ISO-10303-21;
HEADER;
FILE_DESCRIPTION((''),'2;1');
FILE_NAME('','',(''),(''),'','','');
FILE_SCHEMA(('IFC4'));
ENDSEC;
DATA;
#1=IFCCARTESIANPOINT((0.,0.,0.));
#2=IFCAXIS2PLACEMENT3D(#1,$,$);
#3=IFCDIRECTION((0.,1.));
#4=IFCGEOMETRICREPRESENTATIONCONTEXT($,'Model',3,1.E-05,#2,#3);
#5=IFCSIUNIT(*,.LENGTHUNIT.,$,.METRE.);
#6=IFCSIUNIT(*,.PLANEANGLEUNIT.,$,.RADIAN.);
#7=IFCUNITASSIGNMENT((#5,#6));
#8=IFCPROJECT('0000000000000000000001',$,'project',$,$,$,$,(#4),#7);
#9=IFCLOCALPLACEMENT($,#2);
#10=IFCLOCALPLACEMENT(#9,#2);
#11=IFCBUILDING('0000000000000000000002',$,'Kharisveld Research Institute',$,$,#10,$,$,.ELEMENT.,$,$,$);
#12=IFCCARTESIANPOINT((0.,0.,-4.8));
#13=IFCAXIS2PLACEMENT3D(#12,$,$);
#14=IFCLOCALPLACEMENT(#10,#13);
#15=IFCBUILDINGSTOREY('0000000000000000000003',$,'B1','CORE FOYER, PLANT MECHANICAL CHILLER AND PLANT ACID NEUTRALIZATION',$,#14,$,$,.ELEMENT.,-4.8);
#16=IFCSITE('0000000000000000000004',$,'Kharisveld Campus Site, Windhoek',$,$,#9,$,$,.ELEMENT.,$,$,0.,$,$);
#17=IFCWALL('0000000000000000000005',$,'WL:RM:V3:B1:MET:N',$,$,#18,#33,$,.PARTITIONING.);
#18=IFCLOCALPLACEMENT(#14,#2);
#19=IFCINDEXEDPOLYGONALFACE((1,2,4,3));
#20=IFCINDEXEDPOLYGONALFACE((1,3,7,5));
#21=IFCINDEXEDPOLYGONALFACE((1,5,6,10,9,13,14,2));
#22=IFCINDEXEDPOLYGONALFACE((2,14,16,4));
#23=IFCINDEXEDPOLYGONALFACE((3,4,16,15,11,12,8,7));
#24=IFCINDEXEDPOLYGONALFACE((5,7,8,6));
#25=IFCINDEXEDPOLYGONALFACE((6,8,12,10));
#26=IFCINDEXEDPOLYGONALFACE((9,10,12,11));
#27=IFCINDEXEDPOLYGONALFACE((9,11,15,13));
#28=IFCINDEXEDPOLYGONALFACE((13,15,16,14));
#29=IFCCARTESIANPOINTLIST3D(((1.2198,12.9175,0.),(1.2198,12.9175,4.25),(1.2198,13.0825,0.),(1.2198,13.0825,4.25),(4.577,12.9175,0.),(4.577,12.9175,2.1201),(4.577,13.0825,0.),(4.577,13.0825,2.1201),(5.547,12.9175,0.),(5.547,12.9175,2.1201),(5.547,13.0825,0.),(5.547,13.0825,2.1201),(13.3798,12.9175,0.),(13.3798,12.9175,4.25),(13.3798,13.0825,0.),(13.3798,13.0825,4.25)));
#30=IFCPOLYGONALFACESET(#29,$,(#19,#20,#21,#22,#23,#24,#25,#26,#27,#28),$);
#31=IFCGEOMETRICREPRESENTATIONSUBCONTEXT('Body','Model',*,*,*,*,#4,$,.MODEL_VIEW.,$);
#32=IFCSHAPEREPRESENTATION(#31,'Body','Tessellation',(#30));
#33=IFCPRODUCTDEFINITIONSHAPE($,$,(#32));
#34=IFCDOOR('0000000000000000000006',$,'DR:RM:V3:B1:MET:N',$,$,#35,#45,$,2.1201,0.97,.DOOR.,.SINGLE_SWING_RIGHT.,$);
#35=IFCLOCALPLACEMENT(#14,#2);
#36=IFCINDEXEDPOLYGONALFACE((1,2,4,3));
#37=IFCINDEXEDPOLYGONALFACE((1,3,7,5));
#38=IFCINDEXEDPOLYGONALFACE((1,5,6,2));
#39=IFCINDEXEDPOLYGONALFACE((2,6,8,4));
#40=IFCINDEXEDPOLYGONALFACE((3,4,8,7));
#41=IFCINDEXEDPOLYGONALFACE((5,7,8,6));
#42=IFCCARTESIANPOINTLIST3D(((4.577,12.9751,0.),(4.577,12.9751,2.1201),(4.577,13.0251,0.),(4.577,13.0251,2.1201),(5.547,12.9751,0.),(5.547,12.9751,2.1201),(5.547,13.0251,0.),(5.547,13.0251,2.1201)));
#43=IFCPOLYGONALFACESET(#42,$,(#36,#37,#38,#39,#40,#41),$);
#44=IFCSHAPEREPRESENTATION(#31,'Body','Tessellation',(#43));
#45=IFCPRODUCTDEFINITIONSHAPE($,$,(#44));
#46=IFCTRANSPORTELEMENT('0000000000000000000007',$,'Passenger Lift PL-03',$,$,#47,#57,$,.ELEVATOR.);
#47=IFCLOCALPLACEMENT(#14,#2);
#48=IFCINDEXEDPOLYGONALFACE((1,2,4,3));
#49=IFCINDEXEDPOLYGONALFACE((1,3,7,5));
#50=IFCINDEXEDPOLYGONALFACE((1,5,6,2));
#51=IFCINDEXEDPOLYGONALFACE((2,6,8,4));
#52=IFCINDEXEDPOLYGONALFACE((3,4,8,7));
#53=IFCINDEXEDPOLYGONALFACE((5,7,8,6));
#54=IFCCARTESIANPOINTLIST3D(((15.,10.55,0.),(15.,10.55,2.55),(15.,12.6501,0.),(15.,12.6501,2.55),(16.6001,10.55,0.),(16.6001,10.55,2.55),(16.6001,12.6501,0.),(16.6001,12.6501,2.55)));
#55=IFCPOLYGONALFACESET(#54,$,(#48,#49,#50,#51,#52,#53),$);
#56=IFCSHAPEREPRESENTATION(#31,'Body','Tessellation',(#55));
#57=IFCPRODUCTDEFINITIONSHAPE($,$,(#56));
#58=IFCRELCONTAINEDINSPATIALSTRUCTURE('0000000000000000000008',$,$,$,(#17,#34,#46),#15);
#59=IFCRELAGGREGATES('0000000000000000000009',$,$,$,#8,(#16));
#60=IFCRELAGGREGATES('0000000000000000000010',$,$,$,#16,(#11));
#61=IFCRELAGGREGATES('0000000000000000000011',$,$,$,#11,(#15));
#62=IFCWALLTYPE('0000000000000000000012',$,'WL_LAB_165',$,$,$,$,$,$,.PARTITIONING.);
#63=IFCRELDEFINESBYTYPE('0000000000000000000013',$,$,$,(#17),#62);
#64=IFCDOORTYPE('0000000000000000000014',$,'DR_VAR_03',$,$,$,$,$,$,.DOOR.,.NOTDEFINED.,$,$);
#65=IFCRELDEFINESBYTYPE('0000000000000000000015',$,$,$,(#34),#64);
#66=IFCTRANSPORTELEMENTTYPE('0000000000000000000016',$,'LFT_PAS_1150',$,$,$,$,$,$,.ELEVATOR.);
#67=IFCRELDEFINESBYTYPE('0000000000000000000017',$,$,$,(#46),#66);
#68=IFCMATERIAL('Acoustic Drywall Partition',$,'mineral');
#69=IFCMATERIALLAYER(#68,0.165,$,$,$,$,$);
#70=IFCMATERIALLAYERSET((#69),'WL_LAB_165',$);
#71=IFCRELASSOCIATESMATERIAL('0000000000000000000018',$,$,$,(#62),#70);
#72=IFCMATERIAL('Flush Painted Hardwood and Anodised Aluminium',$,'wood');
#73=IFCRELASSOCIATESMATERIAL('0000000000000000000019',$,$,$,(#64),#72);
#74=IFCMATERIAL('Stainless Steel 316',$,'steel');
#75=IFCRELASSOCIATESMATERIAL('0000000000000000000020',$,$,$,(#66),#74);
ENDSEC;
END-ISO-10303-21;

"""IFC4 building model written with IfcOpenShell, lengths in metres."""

from ifc_helpers import new_model, si_unit, direction, frame, frame_2d, origin, origin_2d, place, context, subcontext, project, spatial, rectangle, extrude, material, layer, layer_set, type_object, element, fill, save


model = new_model("IFC4")

# Units and contexts
model_context = context("Model", 3, precision=1e-05, world=origin(), true_north=direction((0.0, 1.0)))
body_context = subcontext(model_context, "Body", "Model", "MODEL_VIEW")
ifc_project = project(units=[si_unit("LENGTHUNIT", "METRE"), si_unit("PLANEANGLEUNIT", "RADIAN")], contexts=[model_context])

# Site, building, storey
site_placement = place(None, origin())
site = spatial("IfcSite", under=ifc_project, at=site_placement, Name="Kharisveld Campus Site, Windhoek", CompositionType="ELEMENT", RefElevation=0.0)
building_placement = place(site_placement, origin())
building = spatial("IfcBuilding", under=site, at=building_placement, Name="Kharisveld Research Institute", CompositionType="ELEMENT")
storey_placement = place(building_placement, frame((0.0, 0.0, -4.8)))
storey = spatial("IfcBuildingStorey", under=building, at=storey_placement, Name="B1", Description="CORE FOYER, PLANT MECHANICAL CHILLER AND PLANT ACID NEUTRALIZATION", CompositionType="ELEMENT", Elevation=-4.8)

# Wall, opening, door
ifc_material_1 = material(Name="Acoustic Drywall Partition", Category="mineral")
ifc_layer_1 = layer(ifc_material_1, 0.165)
ifc_layer_set_1 = layer_set([ifc_layer_1], Name="WL_LAB_165")
wall_type_1 = type_object("IfcWallType", Name="WL_LAB_165", PredefinedType="PARTITIONING", material=ifc_layer_set_1)
wall_1_placement = place(storey_placement, frame((13.3799, 13.0, 0.0), z_axis=(0.0, 0.0, 1.0), x_axis=(-1.0, 0.0, 0.0)))
wall_1 = element("IfcWall", 1, at=wall_1_placement, inside=storey, type_object=wall_type_1, Name="WL:RM:V3:B1:MET:N", PredefinedType="PARTITIONING", context=body_context, shape_type="SweptSolid", body=[
    extrude(rectangle(XDim=12.1599, YDim=0.165, at=frame_2d((6.0801, 0.0))), origin(), (0.0, 0.0, 1.0), 4.25),
])
opening_1_placement = place(wall_1_placement, frame((7.833, 0.0, 0.0)))
opening_1 = element("IfcOpeningElement", 2, at=opening_1_placement, cuts=wall_1, PredefinedType="OPENING", context=body_context, shape_type="SweptSolid", body=[
    extrude(rectangle(XDim=0.97, YDim=2.1201, at=frame_2d((0.4849, 1.0601))), frame((0.0, 0.0825, 0.0), z_axis=(0.0, -1.0, 0.0), x_axis=(1.0, 0.0, 0.0)), (0.0, 0.0, 1.0), 0.165),
])
ifc_material_2 = material(Name="Flush Painted Hardwood and Anodised Aluminium", Category="wood")
door_type_1 = type_object("IfcDoorType", Name="DR_VAR_03", OperationType="NOTDEFINED", PredefinedType="DOOR", material=ifc_material_2)
door_1_placement = place(opening_1_placement, origin())
door_1 = element("IfcDoor", 3, at=door_1_placement, inside=storey, type_object=door_type_1, Name="DR:RM:V3:B1:MET:N", OperationType="SINGLE_SWING_RIGHT", OverallHeight=2.1201, OverallWidth=0.97, PredefinedType="DOOR", context=body_context, shape_type="SweptSolid", body=[
    extrude(rectangle(XDim=0.97, YDim=2.1201, at=frame_2d((0.4849, 1.0601))), frame((0.0, 0.0249, 0.0), z_axis=(0.0, -1.0, 0.0), x_axis=(1.0, 0.0, 0.0)), (0.0, 0.0, 1.0), 0.05),
])
fill(opening_1, door_1)

# Transport element
ifc_material_3 = material(Name="Stainless Steel 316", Category="steel")
transport_element_type = type_object("IfcTransportElementType", Name="LFT_PAS_1150", PredefinedType="ELEVATOR", material=ifc_material_3)
transport_element_placement = place(storey_placement, frame((15.8, 11.6001, 0.0), z_axis=(0.0, 0.0, 1.0), x_axis=(1.0, 0.0, 0.0)))
element("IfcTransportElement", 4, at=transport_element_placement, inside=storey, type_object=transport_element_type, Name="Passenger Lift PL-03", PredefinedType="ELEVATOR", context=body_context, shape_type="SweptSolid", body=[
    extrude(rectangle(XDim=1.6001, YDim=2.1001, at=origin_2d()), origin(), (0.0, 0.0, 1.0), 2.55),
])

save(model, "model.ifc")
